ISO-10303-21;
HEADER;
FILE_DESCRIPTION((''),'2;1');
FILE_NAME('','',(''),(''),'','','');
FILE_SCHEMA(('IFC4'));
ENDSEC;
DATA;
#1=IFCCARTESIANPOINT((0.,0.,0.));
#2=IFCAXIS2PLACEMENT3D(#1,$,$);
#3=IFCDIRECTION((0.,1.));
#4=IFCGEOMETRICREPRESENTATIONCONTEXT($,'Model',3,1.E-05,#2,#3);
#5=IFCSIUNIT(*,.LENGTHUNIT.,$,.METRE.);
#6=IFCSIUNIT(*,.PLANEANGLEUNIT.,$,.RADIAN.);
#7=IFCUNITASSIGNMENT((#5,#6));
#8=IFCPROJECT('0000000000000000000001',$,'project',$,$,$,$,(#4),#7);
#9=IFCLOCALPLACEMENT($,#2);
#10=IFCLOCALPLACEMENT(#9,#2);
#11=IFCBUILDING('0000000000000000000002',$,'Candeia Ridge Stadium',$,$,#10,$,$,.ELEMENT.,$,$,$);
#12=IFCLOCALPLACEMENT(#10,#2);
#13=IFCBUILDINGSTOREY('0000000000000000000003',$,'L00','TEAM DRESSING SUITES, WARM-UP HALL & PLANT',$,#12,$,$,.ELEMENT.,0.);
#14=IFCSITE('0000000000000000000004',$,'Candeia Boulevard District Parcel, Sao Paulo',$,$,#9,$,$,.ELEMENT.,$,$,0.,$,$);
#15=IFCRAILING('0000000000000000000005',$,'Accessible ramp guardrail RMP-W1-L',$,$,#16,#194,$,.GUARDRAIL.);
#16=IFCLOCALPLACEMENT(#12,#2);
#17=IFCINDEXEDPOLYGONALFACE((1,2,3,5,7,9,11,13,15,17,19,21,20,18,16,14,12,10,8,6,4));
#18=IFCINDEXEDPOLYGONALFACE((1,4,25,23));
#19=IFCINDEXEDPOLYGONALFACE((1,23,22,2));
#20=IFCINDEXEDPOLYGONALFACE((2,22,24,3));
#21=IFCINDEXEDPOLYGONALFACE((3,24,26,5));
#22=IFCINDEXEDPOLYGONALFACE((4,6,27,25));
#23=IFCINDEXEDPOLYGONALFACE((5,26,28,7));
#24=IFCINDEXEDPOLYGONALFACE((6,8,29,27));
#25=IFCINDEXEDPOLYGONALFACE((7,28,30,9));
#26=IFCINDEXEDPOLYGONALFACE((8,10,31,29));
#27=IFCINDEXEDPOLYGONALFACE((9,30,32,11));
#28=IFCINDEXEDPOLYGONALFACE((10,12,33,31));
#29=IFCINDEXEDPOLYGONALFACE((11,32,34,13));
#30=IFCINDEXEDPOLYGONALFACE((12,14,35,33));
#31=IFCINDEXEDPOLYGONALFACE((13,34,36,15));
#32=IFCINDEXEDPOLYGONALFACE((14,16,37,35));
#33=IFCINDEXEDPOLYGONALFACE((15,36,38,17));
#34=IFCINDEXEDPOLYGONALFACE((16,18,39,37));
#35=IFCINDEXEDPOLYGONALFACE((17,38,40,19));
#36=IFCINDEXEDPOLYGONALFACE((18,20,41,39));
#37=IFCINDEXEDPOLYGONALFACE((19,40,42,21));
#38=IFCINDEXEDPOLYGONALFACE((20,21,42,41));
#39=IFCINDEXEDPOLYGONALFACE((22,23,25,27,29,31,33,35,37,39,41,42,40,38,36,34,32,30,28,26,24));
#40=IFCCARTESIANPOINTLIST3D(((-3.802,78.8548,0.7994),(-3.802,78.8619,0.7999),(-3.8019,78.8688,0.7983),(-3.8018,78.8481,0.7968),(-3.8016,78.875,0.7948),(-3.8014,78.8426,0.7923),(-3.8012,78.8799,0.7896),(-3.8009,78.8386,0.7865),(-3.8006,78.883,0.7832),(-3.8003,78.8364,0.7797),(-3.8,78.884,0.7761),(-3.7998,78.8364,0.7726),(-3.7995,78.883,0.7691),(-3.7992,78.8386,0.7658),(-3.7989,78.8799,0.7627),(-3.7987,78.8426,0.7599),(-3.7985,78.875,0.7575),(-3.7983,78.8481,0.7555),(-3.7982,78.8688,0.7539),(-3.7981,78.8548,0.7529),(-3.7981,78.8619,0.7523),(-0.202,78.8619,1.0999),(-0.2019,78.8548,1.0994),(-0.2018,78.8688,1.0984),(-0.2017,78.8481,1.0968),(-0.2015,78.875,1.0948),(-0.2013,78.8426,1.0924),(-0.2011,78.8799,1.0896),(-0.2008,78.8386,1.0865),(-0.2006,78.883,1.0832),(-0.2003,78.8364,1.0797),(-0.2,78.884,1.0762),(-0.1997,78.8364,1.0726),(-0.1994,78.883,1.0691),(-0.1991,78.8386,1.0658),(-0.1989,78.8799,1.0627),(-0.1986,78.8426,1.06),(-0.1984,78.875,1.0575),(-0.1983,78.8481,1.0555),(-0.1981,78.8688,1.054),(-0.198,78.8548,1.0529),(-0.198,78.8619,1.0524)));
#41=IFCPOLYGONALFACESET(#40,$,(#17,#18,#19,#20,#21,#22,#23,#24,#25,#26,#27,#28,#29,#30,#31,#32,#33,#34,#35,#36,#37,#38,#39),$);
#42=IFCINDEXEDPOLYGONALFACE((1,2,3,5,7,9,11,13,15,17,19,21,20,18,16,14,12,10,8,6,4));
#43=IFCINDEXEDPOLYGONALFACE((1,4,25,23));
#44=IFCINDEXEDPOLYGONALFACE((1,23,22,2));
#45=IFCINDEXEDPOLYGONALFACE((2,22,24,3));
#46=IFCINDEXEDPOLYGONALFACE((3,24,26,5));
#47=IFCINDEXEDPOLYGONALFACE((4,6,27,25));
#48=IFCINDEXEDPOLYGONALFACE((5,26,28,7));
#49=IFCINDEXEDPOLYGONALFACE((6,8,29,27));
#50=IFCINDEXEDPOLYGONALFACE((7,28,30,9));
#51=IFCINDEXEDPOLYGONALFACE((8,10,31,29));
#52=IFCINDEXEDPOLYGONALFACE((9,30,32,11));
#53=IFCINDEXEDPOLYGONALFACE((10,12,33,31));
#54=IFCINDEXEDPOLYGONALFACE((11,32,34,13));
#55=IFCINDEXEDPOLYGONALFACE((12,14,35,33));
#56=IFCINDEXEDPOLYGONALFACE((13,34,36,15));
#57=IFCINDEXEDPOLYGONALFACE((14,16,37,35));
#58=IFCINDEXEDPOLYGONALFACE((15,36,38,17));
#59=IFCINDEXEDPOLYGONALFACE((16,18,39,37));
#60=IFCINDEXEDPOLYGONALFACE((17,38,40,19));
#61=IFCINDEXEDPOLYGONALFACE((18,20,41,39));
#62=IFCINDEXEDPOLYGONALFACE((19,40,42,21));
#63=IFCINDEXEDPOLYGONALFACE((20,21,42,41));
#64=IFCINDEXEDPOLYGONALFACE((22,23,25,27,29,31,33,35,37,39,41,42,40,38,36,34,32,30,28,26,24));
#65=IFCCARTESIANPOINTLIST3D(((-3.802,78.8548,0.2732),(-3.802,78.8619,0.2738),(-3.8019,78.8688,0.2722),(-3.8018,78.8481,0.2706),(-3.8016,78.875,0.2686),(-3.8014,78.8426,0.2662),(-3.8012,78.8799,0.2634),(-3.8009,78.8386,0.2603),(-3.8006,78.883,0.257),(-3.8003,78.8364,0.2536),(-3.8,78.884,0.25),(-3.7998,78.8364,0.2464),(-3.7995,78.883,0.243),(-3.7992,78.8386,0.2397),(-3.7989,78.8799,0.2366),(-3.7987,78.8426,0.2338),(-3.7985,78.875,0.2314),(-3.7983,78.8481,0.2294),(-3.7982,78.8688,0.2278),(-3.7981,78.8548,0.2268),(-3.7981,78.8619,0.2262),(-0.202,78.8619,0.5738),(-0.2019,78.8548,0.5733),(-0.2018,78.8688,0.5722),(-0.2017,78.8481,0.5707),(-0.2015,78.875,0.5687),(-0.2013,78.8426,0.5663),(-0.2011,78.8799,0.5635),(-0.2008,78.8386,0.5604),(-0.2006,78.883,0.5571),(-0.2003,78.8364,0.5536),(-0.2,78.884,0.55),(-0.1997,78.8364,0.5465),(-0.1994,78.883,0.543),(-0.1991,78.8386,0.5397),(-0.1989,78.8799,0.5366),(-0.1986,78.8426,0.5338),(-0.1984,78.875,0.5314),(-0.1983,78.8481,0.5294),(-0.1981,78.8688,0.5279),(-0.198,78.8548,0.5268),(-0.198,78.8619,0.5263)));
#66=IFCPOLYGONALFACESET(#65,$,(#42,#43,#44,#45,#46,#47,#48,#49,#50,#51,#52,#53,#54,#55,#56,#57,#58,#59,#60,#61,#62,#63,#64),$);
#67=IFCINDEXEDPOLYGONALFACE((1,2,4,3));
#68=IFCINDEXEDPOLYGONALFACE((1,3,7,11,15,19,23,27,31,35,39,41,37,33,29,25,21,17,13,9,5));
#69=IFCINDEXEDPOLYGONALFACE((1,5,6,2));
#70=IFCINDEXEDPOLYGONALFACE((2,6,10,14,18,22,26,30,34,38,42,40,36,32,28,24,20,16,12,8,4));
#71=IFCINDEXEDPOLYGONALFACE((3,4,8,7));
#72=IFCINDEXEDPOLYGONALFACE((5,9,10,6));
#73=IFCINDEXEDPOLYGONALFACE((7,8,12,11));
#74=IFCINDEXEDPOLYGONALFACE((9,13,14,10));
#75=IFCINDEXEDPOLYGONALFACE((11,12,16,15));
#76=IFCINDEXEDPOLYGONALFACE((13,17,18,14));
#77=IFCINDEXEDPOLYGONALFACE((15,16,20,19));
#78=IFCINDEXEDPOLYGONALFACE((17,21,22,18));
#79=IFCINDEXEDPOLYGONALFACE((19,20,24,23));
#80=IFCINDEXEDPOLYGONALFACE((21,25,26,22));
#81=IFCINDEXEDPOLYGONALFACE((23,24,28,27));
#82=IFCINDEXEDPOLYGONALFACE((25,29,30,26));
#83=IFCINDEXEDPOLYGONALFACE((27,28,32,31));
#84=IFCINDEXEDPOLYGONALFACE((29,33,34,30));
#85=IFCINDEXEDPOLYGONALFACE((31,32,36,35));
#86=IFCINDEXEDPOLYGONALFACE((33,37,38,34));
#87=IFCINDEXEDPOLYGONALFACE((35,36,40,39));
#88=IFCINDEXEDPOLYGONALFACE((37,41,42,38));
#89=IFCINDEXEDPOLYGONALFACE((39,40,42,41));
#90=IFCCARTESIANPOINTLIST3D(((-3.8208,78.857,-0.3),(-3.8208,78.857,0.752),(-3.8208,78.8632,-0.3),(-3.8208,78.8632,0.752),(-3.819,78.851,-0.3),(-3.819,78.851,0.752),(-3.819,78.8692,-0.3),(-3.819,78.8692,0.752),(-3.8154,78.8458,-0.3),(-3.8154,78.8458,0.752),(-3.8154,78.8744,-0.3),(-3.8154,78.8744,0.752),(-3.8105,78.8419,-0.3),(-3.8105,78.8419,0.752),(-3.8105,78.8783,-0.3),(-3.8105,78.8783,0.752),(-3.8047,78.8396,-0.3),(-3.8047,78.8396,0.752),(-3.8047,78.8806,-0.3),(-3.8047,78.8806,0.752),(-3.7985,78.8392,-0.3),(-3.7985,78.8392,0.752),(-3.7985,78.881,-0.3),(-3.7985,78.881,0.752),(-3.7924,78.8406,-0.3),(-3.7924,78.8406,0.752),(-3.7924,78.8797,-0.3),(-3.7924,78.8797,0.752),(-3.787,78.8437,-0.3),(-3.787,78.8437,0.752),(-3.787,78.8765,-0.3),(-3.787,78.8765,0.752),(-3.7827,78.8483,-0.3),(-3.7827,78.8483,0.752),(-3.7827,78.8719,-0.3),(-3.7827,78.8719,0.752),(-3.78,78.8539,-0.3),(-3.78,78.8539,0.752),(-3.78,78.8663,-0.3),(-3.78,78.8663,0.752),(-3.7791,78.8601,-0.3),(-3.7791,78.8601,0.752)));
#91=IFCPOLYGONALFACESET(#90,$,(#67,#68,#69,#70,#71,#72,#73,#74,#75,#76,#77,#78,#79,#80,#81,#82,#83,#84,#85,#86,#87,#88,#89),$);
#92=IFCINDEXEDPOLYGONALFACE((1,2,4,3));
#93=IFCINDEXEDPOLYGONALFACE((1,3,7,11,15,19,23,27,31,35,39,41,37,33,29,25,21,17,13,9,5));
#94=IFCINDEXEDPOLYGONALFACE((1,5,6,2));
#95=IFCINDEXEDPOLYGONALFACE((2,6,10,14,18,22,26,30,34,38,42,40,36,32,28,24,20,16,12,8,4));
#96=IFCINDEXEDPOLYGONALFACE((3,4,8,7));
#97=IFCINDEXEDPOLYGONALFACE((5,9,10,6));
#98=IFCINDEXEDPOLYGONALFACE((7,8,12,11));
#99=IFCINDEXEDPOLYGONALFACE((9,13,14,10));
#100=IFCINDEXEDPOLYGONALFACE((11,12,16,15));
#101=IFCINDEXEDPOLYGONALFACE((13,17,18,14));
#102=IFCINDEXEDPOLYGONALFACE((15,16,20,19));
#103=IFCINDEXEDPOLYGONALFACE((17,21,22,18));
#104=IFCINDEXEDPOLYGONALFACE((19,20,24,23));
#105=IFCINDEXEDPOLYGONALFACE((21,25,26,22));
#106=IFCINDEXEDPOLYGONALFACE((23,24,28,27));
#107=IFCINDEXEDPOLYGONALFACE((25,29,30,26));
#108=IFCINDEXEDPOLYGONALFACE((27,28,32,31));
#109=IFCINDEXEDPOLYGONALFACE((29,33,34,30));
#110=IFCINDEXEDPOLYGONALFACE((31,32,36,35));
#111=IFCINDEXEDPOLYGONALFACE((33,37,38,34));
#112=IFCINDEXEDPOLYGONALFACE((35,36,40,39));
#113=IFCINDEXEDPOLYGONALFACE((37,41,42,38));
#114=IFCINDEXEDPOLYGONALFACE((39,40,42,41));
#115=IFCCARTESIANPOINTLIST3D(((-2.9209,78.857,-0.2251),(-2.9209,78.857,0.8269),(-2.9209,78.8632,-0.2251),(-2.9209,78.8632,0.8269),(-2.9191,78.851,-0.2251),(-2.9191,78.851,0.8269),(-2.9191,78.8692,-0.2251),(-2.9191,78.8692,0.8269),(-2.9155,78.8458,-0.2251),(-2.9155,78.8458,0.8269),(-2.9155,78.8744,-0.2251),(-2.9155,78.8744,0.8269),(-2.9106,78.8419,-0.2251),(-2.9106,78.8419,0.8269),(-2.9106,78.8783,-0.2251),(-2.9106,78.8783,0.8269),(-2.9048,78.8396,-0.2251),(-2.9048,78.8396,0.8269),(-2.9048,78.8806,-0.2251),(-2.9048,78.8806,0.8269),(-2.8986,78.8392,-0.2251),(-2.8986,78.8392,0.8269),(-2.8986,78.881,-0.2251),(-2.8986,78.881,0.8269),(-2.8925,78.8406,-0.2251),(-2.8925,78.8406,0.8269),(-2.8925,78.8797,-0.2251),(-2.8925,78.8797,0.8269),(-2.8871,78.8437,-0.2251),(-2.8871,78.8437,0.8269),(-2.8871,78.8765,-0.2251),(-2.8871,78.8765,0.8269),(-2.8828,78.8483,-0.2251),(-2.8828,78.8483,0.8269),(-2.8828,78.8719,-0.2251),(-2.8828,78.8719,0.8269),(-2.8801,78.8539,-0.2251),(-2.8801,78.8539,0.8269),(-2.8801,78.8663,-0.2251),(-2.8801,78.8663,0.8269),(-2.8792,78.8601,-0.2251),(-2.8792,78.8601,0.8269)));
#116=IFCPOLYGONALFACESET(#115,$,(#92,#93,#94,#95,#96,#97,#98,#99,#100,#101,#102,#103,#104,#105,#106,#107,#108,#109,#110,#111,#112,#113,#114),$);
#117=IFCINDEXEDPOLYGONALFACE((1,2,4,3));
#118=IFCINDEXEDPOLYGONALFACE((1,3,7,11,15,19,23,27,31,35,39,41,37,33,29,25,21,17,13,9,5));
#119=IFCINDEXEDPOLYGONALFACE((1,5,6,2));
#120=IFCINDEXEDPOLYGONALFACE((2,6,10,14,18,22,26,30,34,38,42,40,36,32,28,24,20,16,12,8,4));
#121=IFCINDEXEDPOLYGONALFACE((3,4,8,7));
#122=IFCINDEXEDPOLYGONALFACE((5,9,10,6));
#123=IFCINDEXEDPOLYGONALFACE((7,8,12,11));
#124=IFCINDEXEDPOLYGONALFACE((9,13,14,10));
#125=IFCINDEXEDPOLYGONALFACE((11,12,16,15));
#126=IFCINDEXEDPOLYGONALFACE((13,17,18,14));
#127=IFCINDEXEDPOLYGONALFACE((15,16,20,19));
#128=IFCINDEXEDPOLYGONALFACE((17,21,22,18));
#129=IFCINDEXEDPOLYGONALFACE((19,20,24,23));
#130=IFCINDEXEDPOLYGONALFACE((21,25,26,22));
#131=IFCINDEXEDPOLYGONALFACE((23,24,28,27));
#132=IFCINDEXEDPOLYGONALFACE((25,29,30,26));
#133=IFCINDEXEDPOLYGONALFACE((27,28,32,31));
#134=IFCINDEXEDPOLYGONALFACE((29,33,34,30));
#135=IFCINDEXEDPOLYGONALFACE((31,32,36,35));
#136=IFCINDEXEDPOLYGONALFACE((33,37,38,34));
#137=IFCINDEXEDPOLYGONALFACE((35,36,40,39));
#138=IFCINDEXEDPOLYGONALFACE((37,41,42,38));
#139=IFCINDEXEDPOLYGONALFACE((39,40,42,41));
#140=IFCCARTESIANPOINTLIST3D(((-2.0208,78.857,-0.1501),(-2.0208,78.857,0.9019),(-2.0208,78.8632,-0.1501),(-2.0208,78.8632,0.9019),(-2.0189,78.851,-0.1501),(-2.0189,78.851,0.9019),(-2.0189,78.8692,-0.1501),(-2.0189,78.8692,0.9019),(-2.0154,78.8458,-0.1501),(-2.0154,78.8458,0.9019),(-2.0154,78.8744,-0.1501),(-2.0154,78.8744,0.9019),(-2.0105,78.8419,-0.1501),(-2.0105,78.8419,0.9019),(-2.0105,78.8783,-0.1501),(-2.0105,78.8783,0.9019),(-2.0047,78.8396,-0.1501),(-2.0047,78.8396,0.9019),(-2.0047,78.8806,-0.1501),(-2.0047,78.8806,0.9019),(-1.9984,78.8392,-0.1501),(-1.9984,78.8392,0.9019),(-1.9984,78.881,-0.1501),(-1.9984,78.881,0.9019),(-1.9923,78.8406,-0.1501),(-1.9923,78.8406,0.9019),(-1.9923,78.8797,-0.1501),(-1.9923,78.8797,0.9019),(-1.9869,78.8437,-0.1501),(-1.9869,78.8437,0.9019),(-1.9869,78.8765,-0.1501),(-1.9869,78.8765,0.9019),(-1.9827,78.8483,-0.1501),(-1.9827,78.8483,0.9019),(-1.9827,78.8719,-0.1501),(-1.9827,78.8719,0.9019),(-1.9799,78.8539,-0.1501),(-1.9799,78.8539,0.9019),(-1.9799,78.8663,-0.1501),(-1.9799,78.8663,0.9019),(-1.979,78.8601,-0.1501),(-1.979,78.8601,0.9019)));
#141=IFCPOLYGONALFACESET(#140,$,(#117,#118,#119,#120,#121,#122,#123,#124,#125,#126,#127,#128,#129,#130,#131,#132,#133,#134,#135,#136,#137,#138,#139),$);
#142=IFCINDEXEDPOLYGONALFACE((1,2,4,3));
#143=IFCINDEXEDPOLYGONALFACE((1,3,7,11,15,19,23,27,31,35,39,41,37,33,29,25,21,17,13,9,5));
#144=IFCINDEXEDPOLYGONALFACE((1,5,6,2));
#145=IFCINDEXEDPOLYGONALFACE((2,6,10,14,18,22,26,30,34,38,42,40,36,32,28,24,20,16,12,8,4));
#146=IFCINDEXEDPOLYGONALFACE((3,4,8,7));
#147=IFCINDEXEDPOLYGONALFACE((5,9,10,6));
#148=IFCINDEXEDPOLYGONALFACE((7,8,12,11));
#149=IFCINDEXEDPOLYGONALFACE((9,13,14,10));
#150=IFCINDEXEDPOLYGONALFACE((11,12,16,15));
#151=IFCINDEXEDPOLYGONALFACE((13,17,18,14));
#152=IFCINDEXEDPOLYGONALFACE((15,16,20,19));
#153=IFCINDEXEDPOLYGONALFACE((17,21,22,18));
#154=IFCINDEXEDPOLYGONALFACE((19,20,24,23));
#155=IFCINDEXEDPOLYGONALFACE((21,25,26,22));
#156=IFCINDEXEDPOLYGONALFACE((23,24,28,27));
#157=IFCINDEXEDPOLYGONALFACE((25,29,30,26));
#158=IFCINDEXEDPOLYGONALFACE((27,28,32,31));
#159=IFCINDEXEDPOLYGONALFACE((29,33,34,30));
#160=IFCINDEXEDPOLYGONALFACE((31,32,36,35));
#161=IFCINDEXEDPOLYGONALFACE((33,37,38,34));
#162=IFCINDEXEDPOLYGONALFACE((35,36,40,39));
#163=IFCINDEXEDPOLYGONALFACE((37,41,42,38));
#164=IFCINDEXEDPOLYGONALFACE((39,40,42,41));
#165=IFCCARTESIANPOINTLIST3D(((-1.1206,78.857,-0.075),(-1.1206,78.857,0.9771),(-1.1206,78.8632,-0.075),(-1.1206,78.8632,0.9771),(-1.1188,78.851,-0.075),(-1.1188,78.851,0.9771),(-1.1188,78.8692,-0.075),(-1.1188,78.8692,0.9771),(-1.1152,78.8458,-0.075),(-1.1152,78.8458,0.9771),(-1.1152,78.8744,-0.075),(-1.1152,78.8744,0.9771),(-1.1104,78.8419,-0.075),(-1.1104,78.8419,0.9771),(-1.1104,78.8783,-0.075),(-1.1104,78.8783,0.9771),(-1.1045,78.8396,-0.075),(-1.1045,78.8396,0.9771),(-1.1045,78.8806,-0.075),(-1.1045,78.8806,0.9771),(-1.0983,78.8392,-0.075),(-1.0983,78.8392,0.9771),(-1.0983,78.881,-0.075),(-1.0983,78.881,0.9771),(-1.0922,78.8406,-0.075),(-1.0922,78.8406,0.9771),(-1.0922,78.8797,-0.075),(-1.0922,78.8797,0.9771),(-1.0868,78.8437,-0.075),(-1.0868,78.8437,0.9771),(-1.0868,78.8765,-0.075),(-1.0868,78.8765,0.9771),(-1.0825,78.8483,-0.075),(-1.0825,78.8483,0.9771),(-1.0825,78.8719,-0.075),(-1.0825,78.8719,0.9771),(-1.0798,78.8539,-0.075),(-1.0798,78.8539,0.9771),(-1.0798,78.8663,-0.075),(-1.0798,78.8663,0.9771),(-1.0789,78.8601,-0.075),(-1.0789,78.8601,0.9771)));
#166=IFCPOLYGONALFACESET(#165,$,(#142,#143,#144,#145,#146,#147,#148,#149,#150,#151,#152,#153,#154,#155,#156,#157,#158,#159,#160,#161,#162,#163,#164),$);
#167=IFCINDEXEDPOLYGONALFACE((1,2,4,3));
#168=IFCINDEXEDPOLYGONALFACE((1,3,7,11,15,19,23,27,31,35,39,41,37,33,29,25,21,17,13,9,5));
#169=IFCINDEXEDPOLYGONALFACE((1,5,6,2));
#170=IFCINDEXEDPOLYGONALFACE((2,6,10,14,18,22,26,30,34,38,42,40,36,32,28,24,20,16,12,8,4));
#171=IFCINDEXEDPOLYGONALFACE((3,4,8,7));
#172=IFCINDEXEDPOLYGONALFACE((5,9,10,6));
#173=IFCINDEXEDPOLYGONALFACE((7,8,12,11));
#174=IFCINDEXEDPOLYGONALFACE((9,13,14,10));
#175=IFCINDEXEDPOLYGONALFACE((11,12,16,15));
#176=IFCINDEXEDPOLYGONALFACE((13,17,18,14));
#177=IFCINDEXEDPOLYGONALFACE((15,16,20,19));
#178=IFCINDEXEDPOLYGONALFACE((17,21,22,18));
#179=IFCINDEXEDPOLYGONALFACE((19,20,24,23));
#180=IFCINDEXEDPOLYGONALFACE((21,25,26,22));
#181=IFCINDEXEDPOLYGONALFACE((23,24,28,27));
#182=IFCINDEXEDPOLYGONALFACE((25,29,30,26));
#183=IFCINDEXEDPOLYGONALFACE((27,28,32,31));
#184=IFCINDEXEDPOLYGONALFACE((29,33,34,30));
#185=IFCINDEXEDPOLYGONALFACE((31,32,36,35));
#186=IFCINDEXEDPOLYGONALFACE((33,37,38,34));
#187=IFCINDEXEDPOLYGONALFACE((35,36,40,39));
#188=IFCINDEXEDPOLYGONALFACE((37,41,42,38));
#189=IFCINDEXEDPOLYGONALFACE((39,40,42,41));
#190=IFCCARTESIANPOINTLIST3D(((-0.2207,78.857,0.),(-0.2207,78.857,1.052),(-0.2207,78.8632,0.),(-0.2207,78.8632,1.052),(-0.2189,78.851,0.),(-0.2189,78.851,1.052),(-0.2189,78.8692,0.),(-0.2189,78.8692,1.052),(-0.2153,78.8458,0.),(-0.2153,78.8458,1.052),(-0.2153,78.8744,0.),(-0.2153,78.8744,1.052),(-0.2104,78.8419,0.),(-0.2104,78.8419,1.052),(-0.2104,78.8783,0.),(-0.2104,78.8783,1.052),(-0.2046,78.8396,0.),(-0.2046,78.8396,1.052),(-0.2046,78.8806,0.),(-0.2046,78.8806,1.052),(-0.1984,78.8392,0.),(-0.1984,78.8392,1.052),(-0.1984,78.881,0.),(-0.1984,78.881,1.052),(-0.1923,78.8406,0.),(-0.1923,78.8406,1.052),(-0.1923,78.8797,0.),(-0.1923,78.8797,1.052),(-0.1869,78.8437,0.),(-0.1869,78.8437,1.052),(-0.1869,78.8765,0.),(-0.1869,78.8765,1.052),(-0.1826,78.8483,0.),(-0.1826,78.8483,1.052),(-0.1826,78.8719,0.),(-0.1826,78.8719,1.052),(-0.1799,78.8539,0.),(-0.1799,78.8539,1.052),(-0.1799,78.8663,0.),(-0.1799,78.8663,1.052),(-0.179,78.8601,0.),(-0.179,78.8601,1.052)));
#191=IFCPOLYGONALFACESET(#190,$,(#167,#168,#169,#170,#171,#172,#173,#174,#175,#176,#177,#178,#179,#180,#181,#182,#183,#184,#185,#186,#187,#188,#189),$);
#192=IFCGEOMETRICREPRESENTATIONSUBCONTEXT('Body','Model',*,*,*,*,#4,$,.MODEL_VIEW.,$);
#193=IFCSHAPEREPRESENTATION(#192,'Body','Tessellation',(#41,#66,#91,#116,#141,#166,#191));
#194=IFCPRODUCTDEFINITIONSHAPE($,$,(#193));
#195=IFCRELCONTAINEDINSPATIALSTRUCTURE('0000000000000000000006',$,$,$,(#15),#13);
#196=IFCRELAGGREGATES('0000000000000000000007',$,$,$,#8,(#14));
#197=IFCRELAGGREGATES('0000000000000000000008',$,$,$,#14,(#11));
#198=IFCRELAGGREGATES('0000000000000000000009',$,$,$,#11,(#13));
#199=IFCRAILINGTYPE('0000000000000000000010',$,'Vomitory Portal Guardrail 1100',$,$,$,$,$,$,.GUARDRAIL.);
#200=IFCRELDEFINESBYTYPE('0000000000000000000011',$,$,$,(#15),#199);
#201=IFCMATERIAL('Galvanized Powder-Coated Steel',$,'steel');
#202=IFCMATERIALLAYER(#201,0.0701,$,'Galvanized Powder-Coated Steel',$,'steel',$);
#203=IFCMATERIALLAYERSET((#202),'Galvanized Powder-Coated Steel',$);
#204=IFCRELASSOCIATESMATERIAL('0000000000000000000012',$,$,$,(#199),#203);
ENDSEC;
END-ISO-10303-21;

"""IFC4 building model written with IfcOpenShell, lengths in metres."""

from ifc_helpers import new_model, si_unit, direction, frame, origin, origin_2d, place, context, subcontext, project, spatial, circle, extrude, material, layer, layer_set, type_object, element, save


model = new_model("IFC4")

# Units and contexts
model_context = context("Model", 3, precision=1e-05, world=origin(), true_north=direction((0.0, 1.0)))
body_context = subcontext(model_context, "Body", "Model", "MODEL_VIEW")
ifc_project = project(units=[si_unit("LENGTHUNIT", "METRE"), si_unit("PLANEANGLEUNIT", "RADIAN")], contexts=[model_context])

# Site, building, storey
site_placement = place(None, origin())
site = spatial("IfcSite", under=ifc_project, at=site_placement, Name="Candeia Boulevard District Parcel, Sao Paulo", CompositionType="ELEMENT", RefElevation=0.0)
building_placement = place(site_placement, origin())
building = spatial("IfcBuilding", under=site, at=building_placement, Name="Candeia Ridge Stadium", CompositionType="ELEMENT")
storey_placement = place(building_placement, origin())
storey = spatial("IfcBuildingStorey", under=building, at=storey_placement, Name="L00", Description="TEAM DRESSING SUITES, WARM-UP HALL & PLANT", CompositionType="ELEMENT", Elevation=0.0)

# Railing
ifc_material_1 = material(Name="Galvanized Powder-Coated Steel", Category="steel")
ifc_layer_1 = layer(ifc_material_1, 0.0701, Name="Galvanized Powder-Coated Steel", Category="steel")
ifc_layer_set_1 = layer_set([ifc_layer_1], Name="Galvanized Powder-Coated Steel")
railing_type_1 = type_object("IfcRailingType", Name="Vomitory Portal Guardrail 1100", PredefinedType="GUARDRAIL", material=ifc_layer_set_1)
for number, where, name in (
    (1, (-3.8, 78.8601, -0.3), "Accessible ramp guardrail RMP-W1-L"),
):
    element("IfcRailing", number, at=place(storey_placement, frame(where)), inside=storey, type_object=railing_type_1, Name=name, PredefinedType="GUARDRAIL", context=body_context, shape_type="SweptSolid", body=[
        extrude(circle(Radius=0.0239, at=origin_2d()), frame((0.0, 0.0, 1.0762), z_axis=(0.996545, 0.0, 0.083057), x_axis=(0.0, 1.0, 0.0)), (0.0, 0.0, 1.0), 3.6125),
        extrude(circle(Radius=0.0239, at=origin_2d()), frame((0.0, 0.0, 0.55), z_axis=(0.996545, 0.0, 0.083057), x_axis=(0.0, 1.0, 0.0)), (0.0, 0.0, 1.0), 3.6125),
        extrude(circle(Radius=0.021, at=origin_2d()), origin(), (0.0, 0.0, 1.0), 1.052),
        extrude(circle(Radius=0.021, at=origin_2d()), frame((0.8999, 0.0, 0.075)), (0.0, 0.0, 1.0), 1.052),
        extrude(circle(Radius=0.021, at=origin_2d()), frame((1.8, 0.0, 0.1499)), (0.0, 0.0, 1.0), 1.052),
        extrude(circle(Radius=0.021, at=origin_2d()), frame((2.7002, 0.0, 0.2251)), (0.0, 0.0, 1.0), 1.052),
        extrude(circle(Radius=0.021, at=origin_2d()), frame((3.6001, 0.0, 0.3)), (0.0, 0.0, 1.0), 1.052),
    ])

save(model, "model.ifc")
